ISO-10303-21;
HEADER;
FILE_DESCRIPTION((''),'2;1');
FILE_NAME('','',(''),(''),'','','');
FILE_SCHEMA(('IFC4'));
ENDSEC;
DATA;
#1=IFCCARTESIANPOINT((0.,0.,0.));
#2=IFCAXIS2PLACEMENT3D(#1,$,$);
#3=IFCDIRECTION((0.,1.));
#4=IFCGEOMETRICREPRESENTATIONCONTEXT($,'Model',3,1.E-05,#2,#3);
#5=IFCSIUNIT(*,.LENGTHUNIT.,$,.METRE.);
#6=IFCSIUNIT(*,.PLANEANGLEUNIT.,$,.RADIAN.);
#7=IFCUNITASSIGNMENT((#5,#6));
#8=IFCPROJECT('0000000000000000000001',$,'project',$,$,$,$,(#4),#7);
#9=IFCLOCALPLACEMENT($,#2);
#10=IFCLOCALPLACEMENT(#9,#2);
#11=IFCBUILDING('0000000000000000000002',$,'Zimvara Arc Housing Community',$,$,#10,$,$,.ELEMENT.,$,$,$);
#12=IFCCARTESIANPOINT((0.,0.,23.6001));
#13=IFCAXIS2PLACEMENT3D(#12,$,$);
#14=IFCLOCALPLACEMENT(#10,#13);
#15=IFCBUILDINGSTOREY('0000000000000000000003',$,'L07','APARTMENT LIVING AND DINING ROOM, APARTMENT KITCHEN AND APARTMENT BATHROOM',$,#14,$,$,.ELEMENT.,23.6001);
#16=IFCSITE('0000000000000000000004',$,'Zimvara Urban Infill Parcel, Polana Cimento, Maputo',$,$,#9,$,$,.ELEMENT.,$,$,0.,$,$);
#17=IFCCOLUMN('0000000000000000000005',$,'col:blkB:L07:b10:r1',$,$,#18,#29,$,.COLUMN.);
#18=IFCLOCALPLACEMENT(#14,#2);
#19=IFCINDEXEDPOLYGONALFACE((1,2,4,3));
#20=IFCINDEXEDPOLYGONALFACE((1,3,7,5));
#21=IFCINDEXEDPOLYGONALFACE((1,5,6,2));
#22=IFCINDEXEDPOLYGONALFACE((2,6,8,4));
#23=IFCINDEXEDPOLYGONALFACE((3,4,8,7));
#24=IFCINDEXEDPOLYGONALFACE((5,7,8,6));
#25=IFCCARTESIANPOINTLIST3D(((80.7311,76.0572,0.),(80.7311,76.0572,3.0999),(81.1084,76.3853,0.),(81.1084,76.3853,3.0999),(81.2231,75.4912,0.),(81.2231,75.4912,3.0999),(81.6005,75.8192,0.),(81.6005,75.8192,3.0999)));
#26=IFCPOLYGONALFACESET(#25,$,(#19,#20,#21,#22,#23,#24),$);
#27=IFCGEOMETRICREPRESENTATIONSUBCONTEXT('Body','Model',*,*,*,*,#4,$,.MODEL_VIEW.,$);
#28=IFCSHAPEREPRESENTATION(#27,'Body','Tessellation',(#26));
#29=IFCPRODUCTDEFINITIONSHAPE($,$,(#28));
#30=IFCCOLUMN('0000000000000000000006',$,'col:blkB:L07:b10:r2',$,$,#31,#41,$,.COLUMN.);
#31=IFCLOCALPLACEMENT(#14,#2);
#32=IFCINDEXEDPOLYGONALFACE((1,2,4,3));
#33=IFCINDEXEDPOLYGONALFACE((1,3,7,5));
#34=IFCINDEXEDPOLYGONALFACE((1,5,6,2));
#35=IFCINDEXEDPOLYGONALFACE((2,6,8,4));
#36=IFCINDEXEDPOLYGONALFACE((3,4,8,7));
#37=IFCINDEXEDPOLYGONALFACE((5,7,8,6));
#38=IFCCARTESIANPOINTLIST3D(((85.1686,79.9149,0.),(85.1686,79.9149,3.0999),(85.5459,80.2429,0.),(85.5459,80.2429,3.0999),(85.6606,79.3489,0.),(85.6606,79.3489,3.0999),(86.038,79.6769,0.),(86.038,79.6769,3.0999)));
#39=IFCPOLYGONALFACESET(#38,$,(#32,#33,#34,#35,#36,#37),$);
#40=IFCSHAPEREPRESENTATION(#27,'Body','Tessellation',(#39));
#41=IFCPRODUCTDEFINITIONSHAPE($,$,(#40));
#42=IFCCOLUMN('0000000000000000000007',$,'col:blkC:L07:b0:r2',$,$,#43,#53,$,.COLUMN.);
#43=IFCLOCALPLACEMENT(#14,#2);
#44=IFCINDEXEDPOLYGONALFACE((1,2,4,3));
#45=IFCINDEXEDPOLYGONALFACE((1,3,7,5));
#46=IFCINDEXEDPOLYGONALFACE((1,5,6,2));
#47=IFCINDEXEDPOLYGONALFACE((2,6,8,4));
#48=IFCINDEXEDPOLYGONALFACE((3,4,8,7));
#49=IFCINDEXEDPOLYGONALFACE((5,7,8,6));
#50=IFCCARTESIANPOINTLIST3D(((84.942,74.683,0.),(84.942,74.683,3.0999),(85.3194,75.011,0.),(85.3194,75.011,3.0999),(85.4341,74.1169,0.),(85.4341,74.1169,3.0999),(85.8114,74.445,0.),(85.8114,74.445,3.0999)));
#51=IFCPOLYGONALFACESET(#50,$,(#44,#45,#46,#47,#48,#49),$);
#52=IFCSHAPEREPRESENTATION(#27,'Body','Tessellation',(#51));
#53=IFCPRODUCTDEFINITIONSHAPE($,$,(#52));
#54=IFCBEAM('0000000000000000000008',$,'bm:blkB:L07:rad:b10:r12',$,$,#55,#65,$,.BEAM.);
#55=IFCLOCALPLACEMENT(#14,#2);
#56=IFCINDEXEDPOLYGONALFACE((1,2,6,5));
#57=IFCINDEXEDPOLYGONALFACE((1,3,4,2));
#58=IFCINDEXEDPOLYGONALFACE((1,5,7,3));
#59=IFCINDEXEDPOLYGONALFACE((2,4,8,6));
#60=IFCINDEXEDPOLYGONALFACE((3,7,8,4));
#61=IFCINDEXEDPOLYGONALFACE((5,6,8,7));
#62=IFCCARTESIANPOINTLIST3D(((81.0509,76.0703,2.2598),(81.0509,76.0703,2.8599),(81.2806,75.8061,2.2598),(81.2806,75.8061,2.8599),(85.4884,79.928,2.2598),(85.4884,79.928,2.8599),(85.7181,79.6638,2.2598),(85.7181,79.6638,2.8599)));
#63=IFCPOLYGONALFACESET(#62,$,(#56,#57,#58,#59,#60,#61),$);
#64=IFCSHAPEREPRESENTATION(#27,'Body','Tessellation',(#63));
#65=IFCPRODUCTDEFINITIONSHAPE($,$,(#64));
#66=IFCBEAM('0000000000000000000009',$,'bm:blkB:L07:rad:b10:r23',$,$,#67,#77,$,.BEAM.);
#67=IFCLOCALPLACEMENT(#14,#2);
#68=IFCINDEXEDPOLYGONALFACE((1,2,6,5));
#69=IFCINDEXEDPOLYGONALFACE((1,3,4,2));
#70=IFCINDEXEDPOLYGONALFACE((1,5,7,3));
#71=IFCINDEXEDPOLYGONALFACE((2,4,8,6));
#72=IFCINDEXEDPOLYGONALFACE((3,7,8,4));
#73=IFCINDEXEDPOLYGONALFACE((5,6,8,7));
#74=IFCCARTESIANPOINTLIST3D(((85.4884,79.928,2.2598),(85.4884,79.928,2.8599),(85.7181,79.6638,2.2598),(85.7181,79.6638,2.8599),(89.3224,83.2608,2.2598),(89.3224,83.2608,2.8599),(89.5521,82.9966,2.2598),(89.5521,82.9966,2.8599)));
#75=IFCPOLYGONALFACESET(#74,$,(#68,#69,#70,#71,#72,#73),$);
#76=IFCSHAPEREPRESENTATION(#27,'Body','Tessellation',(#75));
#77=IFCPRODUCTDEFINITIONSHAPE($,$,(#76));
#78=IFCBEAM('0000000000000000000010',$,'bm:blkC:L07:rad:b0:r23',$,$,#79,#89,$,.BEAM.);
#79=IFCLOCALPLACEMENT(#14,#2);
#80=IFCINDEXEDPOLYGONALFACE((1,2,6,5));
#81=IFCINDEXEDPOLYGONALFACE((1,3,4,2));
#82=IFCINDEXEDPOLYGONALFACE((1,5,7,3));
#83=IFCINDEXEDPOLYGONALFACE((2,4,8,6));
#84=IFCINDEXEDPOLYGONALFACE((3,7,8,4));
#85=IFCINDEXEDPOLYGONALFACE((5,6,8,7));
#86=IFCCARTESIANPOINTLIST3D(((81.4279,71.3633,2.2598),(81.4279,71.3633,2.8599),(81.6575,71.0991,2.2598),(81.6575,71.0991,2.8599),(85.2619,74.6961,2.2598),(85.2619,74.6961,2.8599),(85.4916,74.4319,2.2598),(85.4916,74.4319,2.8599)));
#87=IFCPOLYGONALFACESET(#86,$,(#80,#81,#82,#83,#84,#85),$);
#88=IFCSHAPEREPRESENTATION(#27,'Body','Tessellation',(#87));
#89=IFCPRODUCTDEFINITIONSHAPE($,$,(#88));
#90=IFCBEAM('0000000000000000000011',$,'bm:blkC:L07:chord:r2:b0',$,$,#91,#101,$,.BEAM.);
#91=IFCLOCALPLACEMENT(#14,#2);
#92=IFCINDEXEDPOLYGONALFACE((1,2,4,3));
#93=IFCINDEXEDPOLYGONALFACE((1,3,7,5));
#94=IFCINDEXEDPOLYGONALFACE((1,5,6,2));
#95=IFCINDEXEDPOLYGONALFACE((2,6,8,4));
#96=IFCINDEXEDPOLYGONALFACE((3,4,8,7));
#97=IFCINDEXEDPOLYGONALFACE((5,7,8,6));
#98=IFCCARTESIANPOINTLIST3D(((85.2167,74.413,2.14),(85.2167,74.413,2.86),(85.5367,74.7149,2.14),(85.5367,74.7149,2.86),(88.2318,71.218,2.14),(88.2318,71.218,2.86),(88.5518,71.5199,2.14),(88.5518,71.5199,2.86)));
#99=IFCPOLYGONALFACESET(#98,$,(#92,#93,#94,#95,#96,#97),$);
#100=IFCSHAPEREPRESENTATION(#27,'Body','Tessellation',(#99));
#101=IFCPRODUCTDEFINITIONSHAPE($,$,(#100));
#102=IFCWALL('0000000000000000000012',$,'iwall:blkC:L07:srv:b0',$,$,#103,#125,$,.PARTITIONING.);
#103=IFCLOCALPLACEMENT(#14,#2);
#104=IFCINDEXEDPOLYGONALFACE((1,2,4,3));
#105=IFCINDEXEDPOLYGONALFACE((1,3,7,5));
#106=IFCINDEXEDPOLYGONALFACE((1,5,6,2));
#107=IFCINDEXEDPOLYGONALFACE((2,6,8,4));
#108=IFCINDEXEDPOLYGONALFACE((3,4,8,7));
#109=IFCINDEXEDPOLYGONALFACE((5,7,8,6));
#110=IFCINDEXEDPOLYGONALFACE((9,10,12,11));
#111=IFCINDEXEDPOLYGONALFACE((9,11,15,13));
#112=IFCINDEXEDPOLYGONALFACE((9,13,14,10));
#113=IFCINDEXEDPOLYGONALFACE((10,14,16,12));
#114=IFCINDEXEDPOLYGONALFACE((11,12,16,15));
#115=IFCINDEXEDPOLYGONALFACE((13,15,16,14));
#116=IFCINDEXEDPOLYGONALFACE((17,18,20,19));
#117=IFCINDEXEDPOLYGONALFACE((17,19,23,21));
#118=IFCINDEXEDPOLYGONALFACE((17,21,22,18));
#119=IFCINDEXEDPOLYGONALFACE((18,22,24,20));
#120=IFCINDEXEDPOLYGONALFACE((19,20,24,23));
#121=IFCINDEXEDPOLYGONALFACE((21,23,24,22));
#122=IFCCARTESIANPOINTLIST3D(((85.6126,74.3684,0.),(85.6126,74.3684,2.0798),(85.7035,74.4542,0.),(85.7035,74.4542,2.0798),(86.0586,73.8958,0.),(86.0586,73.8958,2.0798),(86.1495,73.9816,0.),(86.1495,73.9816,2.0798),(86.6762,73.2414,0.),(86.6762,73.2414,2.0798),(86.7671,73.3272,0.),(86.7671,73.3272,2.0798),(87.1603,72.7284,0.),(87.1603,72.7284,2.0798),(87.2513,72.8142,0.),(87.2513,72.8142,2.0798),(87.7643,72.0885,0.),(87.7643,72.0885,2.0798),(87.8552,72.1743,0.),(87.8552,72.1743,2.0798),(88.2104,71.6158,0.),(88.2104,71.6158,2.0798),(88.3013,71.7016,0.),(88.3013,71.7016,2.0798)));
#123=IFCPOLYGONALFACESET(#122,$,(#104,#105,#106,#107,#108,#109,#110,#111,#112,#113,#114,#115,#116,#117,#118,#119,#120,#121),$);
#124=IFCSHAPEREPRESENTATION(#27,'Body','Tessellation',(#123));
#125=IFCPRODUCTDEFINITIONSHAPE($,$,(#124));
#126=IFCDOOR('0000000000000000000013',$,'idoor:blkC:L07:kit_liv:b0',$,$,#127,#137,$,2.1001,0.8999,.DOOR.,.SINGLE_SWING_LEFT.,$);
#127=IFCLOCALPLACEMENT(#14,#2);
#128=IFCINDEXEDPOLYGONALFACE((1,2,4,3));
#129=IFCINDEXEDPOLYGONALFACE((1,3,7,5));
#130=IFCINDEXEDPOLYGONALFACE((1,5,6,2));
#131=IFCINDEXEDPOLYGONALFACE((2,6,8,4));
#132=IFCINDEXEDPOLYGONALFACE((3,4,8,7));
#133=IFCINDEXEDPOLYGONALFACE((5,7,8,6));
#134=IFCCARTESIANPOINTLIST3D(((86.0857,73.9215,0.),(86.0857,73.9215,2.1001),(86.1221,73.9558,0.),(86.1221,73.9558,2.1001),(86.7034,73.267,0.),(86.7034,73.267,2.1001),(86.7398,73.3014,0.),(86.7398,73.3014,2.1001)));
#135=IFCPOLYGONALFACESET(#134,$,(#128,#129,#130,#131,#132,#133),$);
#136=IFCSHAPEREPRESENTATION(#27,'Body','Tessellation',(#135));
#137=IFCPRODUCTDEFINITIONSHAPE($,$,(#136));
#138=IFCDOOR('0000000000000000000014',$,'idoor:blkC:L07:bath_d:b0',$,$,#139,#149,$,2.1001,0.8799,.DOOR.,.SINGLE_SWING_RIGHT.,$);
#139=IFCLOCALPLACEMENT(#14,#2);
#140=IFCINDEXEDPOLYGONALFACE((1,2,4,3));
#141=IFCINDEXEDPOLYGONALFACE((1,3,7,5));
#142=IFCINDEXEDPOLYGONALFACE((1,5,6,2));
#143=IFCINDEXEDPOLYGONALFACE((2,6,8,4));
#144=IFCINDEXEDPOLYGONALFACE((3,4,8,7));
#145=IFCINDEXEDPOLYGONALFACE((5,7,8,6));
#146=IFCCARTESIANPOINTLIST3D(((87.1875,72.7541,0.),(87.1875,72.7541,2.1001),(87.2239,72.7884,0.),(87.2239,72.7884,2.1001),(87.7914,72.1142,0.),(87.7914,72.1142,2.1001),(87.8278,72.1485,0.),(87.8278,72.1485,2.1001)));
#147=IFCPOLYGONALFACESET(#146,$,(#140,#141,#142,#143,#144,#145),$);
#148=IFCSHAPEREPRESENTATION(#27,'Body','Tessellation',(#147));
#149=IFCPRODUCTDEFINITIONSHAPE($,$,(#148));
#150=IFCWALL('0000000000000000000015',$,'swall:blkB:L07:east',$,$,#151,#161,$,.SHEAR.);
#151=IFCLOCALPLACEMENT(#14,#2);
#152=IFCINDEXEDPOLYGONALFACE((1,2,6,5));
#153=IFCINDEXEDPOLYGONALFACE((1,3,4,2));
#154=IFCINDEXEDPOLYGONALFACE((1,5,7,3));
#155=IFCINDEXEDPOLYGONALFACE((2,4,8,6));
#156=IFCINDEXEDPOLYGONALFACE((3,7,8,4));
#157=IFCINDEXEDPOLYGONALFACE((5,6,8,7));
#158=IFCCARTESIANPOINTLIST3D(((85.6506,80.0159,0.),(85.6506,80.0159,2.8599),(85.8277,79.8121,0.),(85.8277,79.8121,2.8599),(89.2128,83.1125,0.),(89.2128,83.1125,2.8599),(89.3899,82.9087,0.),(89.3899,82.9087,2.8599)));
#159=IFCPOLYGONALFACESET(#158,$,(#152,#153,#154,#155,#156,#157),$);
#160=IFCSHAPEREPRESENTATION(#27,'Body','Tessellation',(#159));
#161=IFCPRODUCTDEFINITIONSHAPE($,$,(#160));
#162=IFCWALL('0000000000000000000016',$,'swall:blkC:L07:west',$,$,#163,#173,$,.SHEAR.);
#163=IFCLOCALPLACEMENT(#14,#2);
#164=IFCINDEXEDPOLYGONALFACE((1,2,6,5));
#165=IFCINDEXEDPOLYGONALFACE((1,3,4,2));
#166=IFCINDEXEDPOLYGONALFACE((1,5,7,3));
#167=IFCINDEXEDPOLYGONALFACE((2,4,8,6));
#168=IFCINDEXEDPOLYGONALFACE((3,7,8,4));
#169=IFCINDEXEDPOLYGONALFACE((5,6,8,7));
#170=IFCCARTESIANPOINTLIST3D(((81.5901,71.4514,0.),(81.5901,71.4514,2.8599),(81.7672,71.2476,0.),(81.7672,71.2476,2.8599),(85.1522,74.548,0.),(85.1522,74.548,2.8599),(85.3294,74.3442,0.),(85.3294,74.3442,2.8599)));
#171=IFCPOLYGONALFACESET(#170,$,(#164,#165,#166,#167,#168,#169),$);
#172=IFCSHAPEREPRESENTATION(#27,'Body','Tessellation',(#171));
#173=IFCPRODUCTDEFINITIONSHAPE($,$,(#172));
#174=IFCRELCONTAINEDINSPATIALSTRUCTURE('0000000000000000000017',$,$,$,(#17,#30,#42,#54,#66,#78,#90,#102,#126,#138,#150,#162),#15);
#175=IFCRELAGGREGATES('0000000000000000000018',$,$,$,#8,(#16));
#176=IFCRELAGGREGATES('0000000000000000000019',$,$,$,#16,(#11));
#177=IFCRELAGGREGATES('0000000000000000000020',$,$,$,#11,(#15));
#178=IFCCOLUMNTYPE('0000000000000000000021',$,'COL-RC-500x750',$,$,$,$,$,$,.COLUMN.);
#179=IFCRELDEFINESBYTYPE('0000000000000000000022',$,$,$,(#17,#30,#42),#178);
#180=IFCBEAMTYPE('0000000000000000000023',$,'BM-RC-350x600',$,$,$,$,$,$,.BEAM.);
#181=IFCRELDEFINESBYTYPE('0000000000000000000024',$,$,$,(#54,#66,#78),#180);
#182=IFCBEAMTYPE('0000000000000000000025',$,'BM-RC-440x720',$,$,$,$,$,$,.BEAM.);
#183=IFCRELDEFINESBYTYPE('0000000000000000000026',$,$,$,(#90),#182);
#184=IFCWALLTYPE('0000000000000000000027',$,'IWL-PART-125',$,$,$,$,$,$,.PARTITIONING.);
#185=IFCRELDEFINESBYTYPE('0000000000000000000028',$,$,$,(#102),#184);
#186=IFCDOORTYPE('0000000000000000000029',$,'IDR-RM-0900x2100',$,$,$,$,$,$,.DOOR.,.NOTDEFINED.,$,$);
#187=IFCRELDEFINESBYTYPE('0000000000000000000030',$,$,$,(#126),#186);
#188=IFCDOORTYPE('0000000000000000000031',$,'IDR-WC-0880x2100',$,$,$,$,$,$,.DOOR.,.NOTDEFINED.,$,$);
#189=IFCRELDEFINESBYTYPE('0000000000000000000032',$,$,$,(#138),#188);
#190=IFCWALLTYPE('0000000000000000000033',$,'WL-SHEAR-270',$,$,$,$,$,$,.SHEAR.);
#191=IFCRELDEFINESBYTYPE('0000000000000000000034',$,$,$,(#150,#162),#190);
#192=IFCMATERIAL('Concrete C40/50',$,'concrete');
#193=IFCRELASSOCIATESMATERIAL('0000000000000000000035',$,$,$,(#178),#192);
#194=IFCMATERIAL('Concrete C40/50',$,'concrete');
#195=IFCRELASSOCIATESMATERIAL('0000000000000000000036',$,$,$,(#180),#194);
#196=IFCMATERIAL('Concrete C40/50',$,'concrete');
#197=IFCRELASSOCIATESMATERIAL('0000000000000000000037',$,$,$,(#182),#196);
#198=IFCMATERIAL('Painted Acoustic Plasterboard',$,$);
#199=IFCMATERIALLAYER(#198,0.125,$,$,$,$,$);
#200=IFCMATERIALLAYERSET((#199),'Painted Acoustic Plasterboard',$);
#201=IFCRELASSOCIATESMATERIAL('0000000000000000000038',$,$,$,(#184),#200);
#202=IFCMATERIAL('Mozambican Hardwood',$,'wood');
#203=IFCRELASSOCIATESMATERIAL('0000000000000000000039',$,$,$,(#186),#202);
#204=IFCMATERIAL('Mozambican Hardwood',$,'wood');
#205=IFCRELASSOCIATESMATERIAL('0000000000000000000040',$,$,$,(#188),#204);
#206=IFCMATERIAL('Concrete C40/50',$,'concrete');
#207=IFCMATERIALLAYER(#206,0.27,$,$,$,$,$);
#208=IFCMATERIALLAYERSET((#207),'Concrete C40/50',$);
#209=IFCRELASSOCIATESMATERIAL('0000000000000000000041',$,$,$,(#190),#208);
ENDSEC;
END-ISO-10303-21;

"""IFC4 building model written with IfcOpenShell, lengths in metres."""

from ifc_helpers import new_model, si_unit, direction, frame, frame_2d, origin, origin_2d, place, context, subcontext, project, spatial, rectangle, extrude, material, layer, layer_set, material_profile, profile_set, type_object, element, fill, save


model = new_model("IFC4")

# Units and contexts
model_context = context("Model", 3, precision=1e-05, world=origin(), true_north=direction((0.0, 1.0)))
body_context = subcontext(model_context, "Body", "Model", "MODEL_VIEW")
ifc_project = project(units=[si_unit("LENGTHUNIT", "METRE"), si_unit("PLANEANGLEUNIT", "RADIAN")], contexts=[model_context])

# Site, building, storey
site_placement = place(None, origin())
site = spatial("IfcSite", under=ifc_project, at=site_placement, Name="Zimvara Urban Infill Parcel, Polana Cimento, Maputo", CompositionType="ELEMENT", RefElevation=0.0)
building_placement = place(site_placement, origin())
building = spatial("IfcBuilding", under=site, at=building_placement, Name="Zimvara Arc Housing Community", CompositionType="ELEMENT")
storey_placement = place(building_placement, frame((0.0, 0.0, 23.6001)))
storey = spatial("IfcBuildingStorey", under=building, at=storey_placement, Name="L07", Description="APARTMENT LIVING AND DINING ROOM, APARTMENT KITCHEN AND APARTMENT BATHROOM", CompositionType="ELEMENT", Elevation=23.6001)

# Columns
ifc_material_1 = material(Name="Concrete C40/50", Category="concrete")
ifc_material_profile_1 = material_profile(ifc_material_1, rectangle(XDim=0.5, YDim=0.75, at=origin_2d()), Name="RC 500x750")
ifc_profile_set_1 = profile_set([ifc_material_profile_1], Name="Concrete C40/50")
column_type = type_object("IfcColumnType", Name="COL-RC-500x750", PredefinedType="COLUMN", material=ifc_profile_set_1)
for number, where, z_axis, x_axis, name in (
    (1, (81.1658, 75.9382, 0.0), (0.0, 0.0, 1.0), (0.75471, 0.656059, 0.0), "col:blkB:L07:b10:r1"),
    (2, (85.6033, 79.7959, 0.0), (0.0, 0.0, 1.0), (0.75471, 0.656059, 0.0), "col:blkB:L07:b10:r2"),
    (3, (85.3767, 74.564, 0.0), (0.0, 0.0, 1.0), (-0.75471, -0.656059, 0.0), "col:blkC:L07:b0:r2"),
):
    element("IfcColumn", number, at=place(storey_placement, frame(where, z_axis=z_axis, x_axis=x_axis)), inside=storey, type_object=column_type, Name=name, PredefinedType="COLUMN", context=body_context, shape_type="SweptSolid", body=[
        extrude(rectangle(XDim=0.5, YDim=0.75, at=origin_2d()), origin(), (0.0, 0.0, 1.0), 3.0999),
    ])

# Beams
ifc_material_2 = material(Name="Concrete C40/50", Category="concrete")
ifc_material_profile_2 = material_profile(ifc_material_2, rectangle(XDim=0.3501, YDim=0.6001, at=origin_2d()), Name="RC 350x600")
ifc_profile_set_2 = profile_set([ifc_material_profile_2], Name="Concrete C40/50")
beam_type_1 = type_object("IfcBeamType", Name="BM-RC-350x600", PredefinedType="BEAM", material=ifc_profile_set_2)
beam_1_placement = place(storey_placement, frame((81.1658, 75.9382, 2.5598), z_axis=(0.754692, 0.656079, 0.0), x_axis=(-0.656079, 0.754692, 0.0)))
element("IfcBeam", 4, at=beam_1_placement, inside=storey, type_object=beam_type_1, Name="bm:blkB:L07:rad:b10:r12", PredefinedType="BEAM", context=body_context, shape_type="SweptSolid", body=[
    extrude(rectangle(XDim=0.3501, YDim=0.6001, at=origin_2d()), origin(), (0.0, 0.0, 1.0), 5.8799),
])
for number, where, z_axis, x_axis, name in (
    (5, (85.6033, 79.7959, 2.5598), (0.754716, 0.656051, 0.0), (-0.656051, 0.754716, 0.0), "bm:blkB:L07:rad:b10:r23"),
    (6, (85.3767, 74.564, 2.5598), (-0.754716, -0.656051, 0.0), (0.656051, -0.754716, 0.0), "bm:blkC:L07:rad:b0:r23"),
):
    element("IfcBeam", number, at=place(storey_placement, frame(where, z_axis=z_axis, x_axis=x_axis)), inside=storey, type_object=beam_type_1, Name=name, PredefinedType="BEAM", context=body_context, shape_type="SweptSolid", body=[
        extrude(rectangle(XDim=0.3501, YDim=0.6001, at=origin_2d()), origin(), (0.0, 0.0, 1.0), 5.0801),
    ])
ifc_material_3 = material(Name="Concrete C40/50", Category="concrete")
ifc_material_profile_3 = material_profile(ifc_material_3, rectangle(XDim=0.4399, YDim=0.72, at=origin_2d()), Name="RC 440x720")
ifc_profile_set_3 = profile_set([ifc_material_profile_3], Name="Concrete C40/50")
beam_type_2 = type_object("IfcBeamType", Name="BM-RC-440x720", PredefinedType="BEAM", material=ifc_profile_set_3)
beam_2_placement = place(storey_placement, frame((85.3767, 74.564, 2.5), z_axis=(0.686331, -0.727289, 0.0), x_axis=(0.727289, 0.686331, 0.0)))
element("IfcBeam", 7, at=beam_2_placement, inside=storey, type_object=beam_type_2, Name="bm:blkC:L07:chord:r2:b0", PredefinedType="BEAM", context=body_context, shape_type="SweptSolid", body=[
    extrude(rectangle(XDim=0.4399, YDim=0.72, at=origin_2d()), origin(), (0.0, 0.0, 1.0), 4.3931),
])

# Wall, openings, doors
ifc_material_4 = material(Name="Painted Acoustic Plasterboard")
ifc_layer_1 = layer(ifc_material_4, 0.125)
ifc_layer_set_1 = layer_set([ifc_layer_1], Name="Painted Acoustic Plasterboard")
wall_type_1 = type_object("IfcWallType", Name="IWL-PART-125", PredefinedType="PARTITIONING", material=ifc_layer_set_1)
wall_1_placement = place(storey_placement, frame((85.658, 74.4114, 0.0), z_axis=(0.0, 0.0, 1.0), x_axis=(0.686364, -0.727258, 0.0)))
wall_1 = element("IfcWall", 8, at=wall_1_placement, inside=storey, type_object=wall_type_1, Name="iwall:blkC:L07:srv:b0", PredefinedType="PARTITIONING", context=body_context, shape_type="SweptSolid", body=[
    extrude(rectangle(XDim=3.7849, YDim=0.125, at=frame_2d((1.8926, 0.0))), origin(), (0.0, 0.0, 1.0), 2.0798),
])
opening_1_placement = place(wall_1_placement, frame((0.6499, 0.0, 0.0)))
opening_1 = element("IfcOpeningElement", 9, at=opening_1_placement, cuts=wall_1, PredefinedType="OPENING", context=body_context, shape_type="SweptSolid", body=[
    extrude(rectangle(XDim=0.8999, YDim=2.1001, at=frame_2d((0.45, 1.05))), frame((0.0, 0.0725, 0.0), z_axis=(0.0, -1.0, 0.0), x_axis=(1.0, 0.0, 0.0)), (0.0, 0.0, 1.0), 0.145),
])
opening_2_placement = place(wall_1_placement, frame((2.2551, 0.0, 0.0)))
opening_2 = element("IfcOpeningElement", 10, at=opening_2_placement, cuts=wall_1, PredefinedType="OPENING", context=body_context, shape_type="SweptSolid", body=[
    extrude(rectangle(XDim=0.8799, YDim=2.1001, at=frame_2d((0.4399, 1.05))), frame((0.0, 0.0725, 0.0), z_axis=(0.0, -1.0, 0.0), x_axis=(1.0, 0.0, 0.0)), (0.0, 0.0, 1.0), 0.145),
])
ifc_material_5 = material(Name="Mozambican Hardwood", Category="wood")
door_type_1 = type_object("IfcDoorType", Name="IDR-RM-0900x2100", OperationType="NOTDEFINED", PredefinedType="DOOR", material=ifc_material_5)
door_1_placement = place(opening_1_placement, origin())
door_1 = element("IfcDoor", 11, at=door_1_placement, inside=storey, type_object=door_type_1, Name="idoor:blkC:L07:kit_liv:b0", OperationType="SINGLE_SWING_LEFT", OverallHeight=2.1001, OverallWidth=0.8999, PredefinedType="DOOR", context=body_context, shape_type="SweptSolid", body=[
    extrude(rectangle(XDim=0.8999, YDim=2.1001, at=frame_2d((0.45, 1.05))), frame((0.0, 0.0249, 0.0), z_axis=(0.0, -1.0, 0.0), x_axis=(1.0, 0.0, 0.0)), (0.0, 0.0, 1.0), 0.05),
])
fill(opening_1, door_1)
ifc_material_6 = material(Name="Mozambican Hardwood", Category="wood")
door_type_2 = type_object("IfcDoorType", Name="IDR-WC-0880x2100", OperationType="NOTDEFINED", PredefinedType="DOOR", material=ifc_material_6)
door_2_placement = place(opening_2_placement, origin())
door_2 = element("IfcDoor", 12, at=door_2_placement, inside=storey, type_object=door_type_2, Name="idoor:blkC:L07:bath_d:b0", OperationType="SINGLE_SWING_RIGHT", OverallHeight=2.1001, OverallWidth=0.8799, PredefinedType="DOOR", context=body_context, shape_type="SweptSolid", body=[
    extrude(rectangle(XDim=0.8799, YDim=2.1001, at=frame_2d((0.4399, 1.05))), frame((0.0, 0.0249, 0.0), z_axis=(0.0, -1.0, 0.0), x_axis=(1.0, 0.0, 0.0)), (0.0, 0.0, 1.0), 0.05),
])
fill(opening_2, door_2)

# Walls
ifc_material_7 = material(Name="Concrete C40/50", Category="concrete")
ifc_layer_2 = layer(ifc_material_7, 0.27)
ifc_layer_set_2 = layer_set([ifc_layer_2], Name="Concrete C40/50")
wall_type_2 = type_object("IfcWallType", Name="WL-SHEAR-270", PredefinedType="SHEAR", material=ifc_layer_set_2)
for number, where, z_axis, x_axis, name in (
    (13, (85.7393, 79.9141, 0.0), (0.0, 0.0, 1.0), (0.754704, 0.656066, 0.0), "swall:blkB:L07:east"),
    (14, (85.2407, 74.446, 0.0), (0.0, 0.0, 1.0), (-0.754704, -0.656066, 0.0), "swall:blkC:L07:west"),
):
    element("IfcWall", number, at=place(storey_placement, frame(where, z_axis=z_axis, x_axis=x_axis)), inside=storey, type_object=wall_type_2, Name=name, PredefinedType="SHEAR", context=body_context, shape_type="SweptSolid", body=[
        extrude(rectangle(XDim=4.72, YDim=0.27, at=frame_2d((2.3599, 0.0))), origin(), (0.0, 0.0, 1.0), 2.8599),
    ])

save(model, "model.ifc")
